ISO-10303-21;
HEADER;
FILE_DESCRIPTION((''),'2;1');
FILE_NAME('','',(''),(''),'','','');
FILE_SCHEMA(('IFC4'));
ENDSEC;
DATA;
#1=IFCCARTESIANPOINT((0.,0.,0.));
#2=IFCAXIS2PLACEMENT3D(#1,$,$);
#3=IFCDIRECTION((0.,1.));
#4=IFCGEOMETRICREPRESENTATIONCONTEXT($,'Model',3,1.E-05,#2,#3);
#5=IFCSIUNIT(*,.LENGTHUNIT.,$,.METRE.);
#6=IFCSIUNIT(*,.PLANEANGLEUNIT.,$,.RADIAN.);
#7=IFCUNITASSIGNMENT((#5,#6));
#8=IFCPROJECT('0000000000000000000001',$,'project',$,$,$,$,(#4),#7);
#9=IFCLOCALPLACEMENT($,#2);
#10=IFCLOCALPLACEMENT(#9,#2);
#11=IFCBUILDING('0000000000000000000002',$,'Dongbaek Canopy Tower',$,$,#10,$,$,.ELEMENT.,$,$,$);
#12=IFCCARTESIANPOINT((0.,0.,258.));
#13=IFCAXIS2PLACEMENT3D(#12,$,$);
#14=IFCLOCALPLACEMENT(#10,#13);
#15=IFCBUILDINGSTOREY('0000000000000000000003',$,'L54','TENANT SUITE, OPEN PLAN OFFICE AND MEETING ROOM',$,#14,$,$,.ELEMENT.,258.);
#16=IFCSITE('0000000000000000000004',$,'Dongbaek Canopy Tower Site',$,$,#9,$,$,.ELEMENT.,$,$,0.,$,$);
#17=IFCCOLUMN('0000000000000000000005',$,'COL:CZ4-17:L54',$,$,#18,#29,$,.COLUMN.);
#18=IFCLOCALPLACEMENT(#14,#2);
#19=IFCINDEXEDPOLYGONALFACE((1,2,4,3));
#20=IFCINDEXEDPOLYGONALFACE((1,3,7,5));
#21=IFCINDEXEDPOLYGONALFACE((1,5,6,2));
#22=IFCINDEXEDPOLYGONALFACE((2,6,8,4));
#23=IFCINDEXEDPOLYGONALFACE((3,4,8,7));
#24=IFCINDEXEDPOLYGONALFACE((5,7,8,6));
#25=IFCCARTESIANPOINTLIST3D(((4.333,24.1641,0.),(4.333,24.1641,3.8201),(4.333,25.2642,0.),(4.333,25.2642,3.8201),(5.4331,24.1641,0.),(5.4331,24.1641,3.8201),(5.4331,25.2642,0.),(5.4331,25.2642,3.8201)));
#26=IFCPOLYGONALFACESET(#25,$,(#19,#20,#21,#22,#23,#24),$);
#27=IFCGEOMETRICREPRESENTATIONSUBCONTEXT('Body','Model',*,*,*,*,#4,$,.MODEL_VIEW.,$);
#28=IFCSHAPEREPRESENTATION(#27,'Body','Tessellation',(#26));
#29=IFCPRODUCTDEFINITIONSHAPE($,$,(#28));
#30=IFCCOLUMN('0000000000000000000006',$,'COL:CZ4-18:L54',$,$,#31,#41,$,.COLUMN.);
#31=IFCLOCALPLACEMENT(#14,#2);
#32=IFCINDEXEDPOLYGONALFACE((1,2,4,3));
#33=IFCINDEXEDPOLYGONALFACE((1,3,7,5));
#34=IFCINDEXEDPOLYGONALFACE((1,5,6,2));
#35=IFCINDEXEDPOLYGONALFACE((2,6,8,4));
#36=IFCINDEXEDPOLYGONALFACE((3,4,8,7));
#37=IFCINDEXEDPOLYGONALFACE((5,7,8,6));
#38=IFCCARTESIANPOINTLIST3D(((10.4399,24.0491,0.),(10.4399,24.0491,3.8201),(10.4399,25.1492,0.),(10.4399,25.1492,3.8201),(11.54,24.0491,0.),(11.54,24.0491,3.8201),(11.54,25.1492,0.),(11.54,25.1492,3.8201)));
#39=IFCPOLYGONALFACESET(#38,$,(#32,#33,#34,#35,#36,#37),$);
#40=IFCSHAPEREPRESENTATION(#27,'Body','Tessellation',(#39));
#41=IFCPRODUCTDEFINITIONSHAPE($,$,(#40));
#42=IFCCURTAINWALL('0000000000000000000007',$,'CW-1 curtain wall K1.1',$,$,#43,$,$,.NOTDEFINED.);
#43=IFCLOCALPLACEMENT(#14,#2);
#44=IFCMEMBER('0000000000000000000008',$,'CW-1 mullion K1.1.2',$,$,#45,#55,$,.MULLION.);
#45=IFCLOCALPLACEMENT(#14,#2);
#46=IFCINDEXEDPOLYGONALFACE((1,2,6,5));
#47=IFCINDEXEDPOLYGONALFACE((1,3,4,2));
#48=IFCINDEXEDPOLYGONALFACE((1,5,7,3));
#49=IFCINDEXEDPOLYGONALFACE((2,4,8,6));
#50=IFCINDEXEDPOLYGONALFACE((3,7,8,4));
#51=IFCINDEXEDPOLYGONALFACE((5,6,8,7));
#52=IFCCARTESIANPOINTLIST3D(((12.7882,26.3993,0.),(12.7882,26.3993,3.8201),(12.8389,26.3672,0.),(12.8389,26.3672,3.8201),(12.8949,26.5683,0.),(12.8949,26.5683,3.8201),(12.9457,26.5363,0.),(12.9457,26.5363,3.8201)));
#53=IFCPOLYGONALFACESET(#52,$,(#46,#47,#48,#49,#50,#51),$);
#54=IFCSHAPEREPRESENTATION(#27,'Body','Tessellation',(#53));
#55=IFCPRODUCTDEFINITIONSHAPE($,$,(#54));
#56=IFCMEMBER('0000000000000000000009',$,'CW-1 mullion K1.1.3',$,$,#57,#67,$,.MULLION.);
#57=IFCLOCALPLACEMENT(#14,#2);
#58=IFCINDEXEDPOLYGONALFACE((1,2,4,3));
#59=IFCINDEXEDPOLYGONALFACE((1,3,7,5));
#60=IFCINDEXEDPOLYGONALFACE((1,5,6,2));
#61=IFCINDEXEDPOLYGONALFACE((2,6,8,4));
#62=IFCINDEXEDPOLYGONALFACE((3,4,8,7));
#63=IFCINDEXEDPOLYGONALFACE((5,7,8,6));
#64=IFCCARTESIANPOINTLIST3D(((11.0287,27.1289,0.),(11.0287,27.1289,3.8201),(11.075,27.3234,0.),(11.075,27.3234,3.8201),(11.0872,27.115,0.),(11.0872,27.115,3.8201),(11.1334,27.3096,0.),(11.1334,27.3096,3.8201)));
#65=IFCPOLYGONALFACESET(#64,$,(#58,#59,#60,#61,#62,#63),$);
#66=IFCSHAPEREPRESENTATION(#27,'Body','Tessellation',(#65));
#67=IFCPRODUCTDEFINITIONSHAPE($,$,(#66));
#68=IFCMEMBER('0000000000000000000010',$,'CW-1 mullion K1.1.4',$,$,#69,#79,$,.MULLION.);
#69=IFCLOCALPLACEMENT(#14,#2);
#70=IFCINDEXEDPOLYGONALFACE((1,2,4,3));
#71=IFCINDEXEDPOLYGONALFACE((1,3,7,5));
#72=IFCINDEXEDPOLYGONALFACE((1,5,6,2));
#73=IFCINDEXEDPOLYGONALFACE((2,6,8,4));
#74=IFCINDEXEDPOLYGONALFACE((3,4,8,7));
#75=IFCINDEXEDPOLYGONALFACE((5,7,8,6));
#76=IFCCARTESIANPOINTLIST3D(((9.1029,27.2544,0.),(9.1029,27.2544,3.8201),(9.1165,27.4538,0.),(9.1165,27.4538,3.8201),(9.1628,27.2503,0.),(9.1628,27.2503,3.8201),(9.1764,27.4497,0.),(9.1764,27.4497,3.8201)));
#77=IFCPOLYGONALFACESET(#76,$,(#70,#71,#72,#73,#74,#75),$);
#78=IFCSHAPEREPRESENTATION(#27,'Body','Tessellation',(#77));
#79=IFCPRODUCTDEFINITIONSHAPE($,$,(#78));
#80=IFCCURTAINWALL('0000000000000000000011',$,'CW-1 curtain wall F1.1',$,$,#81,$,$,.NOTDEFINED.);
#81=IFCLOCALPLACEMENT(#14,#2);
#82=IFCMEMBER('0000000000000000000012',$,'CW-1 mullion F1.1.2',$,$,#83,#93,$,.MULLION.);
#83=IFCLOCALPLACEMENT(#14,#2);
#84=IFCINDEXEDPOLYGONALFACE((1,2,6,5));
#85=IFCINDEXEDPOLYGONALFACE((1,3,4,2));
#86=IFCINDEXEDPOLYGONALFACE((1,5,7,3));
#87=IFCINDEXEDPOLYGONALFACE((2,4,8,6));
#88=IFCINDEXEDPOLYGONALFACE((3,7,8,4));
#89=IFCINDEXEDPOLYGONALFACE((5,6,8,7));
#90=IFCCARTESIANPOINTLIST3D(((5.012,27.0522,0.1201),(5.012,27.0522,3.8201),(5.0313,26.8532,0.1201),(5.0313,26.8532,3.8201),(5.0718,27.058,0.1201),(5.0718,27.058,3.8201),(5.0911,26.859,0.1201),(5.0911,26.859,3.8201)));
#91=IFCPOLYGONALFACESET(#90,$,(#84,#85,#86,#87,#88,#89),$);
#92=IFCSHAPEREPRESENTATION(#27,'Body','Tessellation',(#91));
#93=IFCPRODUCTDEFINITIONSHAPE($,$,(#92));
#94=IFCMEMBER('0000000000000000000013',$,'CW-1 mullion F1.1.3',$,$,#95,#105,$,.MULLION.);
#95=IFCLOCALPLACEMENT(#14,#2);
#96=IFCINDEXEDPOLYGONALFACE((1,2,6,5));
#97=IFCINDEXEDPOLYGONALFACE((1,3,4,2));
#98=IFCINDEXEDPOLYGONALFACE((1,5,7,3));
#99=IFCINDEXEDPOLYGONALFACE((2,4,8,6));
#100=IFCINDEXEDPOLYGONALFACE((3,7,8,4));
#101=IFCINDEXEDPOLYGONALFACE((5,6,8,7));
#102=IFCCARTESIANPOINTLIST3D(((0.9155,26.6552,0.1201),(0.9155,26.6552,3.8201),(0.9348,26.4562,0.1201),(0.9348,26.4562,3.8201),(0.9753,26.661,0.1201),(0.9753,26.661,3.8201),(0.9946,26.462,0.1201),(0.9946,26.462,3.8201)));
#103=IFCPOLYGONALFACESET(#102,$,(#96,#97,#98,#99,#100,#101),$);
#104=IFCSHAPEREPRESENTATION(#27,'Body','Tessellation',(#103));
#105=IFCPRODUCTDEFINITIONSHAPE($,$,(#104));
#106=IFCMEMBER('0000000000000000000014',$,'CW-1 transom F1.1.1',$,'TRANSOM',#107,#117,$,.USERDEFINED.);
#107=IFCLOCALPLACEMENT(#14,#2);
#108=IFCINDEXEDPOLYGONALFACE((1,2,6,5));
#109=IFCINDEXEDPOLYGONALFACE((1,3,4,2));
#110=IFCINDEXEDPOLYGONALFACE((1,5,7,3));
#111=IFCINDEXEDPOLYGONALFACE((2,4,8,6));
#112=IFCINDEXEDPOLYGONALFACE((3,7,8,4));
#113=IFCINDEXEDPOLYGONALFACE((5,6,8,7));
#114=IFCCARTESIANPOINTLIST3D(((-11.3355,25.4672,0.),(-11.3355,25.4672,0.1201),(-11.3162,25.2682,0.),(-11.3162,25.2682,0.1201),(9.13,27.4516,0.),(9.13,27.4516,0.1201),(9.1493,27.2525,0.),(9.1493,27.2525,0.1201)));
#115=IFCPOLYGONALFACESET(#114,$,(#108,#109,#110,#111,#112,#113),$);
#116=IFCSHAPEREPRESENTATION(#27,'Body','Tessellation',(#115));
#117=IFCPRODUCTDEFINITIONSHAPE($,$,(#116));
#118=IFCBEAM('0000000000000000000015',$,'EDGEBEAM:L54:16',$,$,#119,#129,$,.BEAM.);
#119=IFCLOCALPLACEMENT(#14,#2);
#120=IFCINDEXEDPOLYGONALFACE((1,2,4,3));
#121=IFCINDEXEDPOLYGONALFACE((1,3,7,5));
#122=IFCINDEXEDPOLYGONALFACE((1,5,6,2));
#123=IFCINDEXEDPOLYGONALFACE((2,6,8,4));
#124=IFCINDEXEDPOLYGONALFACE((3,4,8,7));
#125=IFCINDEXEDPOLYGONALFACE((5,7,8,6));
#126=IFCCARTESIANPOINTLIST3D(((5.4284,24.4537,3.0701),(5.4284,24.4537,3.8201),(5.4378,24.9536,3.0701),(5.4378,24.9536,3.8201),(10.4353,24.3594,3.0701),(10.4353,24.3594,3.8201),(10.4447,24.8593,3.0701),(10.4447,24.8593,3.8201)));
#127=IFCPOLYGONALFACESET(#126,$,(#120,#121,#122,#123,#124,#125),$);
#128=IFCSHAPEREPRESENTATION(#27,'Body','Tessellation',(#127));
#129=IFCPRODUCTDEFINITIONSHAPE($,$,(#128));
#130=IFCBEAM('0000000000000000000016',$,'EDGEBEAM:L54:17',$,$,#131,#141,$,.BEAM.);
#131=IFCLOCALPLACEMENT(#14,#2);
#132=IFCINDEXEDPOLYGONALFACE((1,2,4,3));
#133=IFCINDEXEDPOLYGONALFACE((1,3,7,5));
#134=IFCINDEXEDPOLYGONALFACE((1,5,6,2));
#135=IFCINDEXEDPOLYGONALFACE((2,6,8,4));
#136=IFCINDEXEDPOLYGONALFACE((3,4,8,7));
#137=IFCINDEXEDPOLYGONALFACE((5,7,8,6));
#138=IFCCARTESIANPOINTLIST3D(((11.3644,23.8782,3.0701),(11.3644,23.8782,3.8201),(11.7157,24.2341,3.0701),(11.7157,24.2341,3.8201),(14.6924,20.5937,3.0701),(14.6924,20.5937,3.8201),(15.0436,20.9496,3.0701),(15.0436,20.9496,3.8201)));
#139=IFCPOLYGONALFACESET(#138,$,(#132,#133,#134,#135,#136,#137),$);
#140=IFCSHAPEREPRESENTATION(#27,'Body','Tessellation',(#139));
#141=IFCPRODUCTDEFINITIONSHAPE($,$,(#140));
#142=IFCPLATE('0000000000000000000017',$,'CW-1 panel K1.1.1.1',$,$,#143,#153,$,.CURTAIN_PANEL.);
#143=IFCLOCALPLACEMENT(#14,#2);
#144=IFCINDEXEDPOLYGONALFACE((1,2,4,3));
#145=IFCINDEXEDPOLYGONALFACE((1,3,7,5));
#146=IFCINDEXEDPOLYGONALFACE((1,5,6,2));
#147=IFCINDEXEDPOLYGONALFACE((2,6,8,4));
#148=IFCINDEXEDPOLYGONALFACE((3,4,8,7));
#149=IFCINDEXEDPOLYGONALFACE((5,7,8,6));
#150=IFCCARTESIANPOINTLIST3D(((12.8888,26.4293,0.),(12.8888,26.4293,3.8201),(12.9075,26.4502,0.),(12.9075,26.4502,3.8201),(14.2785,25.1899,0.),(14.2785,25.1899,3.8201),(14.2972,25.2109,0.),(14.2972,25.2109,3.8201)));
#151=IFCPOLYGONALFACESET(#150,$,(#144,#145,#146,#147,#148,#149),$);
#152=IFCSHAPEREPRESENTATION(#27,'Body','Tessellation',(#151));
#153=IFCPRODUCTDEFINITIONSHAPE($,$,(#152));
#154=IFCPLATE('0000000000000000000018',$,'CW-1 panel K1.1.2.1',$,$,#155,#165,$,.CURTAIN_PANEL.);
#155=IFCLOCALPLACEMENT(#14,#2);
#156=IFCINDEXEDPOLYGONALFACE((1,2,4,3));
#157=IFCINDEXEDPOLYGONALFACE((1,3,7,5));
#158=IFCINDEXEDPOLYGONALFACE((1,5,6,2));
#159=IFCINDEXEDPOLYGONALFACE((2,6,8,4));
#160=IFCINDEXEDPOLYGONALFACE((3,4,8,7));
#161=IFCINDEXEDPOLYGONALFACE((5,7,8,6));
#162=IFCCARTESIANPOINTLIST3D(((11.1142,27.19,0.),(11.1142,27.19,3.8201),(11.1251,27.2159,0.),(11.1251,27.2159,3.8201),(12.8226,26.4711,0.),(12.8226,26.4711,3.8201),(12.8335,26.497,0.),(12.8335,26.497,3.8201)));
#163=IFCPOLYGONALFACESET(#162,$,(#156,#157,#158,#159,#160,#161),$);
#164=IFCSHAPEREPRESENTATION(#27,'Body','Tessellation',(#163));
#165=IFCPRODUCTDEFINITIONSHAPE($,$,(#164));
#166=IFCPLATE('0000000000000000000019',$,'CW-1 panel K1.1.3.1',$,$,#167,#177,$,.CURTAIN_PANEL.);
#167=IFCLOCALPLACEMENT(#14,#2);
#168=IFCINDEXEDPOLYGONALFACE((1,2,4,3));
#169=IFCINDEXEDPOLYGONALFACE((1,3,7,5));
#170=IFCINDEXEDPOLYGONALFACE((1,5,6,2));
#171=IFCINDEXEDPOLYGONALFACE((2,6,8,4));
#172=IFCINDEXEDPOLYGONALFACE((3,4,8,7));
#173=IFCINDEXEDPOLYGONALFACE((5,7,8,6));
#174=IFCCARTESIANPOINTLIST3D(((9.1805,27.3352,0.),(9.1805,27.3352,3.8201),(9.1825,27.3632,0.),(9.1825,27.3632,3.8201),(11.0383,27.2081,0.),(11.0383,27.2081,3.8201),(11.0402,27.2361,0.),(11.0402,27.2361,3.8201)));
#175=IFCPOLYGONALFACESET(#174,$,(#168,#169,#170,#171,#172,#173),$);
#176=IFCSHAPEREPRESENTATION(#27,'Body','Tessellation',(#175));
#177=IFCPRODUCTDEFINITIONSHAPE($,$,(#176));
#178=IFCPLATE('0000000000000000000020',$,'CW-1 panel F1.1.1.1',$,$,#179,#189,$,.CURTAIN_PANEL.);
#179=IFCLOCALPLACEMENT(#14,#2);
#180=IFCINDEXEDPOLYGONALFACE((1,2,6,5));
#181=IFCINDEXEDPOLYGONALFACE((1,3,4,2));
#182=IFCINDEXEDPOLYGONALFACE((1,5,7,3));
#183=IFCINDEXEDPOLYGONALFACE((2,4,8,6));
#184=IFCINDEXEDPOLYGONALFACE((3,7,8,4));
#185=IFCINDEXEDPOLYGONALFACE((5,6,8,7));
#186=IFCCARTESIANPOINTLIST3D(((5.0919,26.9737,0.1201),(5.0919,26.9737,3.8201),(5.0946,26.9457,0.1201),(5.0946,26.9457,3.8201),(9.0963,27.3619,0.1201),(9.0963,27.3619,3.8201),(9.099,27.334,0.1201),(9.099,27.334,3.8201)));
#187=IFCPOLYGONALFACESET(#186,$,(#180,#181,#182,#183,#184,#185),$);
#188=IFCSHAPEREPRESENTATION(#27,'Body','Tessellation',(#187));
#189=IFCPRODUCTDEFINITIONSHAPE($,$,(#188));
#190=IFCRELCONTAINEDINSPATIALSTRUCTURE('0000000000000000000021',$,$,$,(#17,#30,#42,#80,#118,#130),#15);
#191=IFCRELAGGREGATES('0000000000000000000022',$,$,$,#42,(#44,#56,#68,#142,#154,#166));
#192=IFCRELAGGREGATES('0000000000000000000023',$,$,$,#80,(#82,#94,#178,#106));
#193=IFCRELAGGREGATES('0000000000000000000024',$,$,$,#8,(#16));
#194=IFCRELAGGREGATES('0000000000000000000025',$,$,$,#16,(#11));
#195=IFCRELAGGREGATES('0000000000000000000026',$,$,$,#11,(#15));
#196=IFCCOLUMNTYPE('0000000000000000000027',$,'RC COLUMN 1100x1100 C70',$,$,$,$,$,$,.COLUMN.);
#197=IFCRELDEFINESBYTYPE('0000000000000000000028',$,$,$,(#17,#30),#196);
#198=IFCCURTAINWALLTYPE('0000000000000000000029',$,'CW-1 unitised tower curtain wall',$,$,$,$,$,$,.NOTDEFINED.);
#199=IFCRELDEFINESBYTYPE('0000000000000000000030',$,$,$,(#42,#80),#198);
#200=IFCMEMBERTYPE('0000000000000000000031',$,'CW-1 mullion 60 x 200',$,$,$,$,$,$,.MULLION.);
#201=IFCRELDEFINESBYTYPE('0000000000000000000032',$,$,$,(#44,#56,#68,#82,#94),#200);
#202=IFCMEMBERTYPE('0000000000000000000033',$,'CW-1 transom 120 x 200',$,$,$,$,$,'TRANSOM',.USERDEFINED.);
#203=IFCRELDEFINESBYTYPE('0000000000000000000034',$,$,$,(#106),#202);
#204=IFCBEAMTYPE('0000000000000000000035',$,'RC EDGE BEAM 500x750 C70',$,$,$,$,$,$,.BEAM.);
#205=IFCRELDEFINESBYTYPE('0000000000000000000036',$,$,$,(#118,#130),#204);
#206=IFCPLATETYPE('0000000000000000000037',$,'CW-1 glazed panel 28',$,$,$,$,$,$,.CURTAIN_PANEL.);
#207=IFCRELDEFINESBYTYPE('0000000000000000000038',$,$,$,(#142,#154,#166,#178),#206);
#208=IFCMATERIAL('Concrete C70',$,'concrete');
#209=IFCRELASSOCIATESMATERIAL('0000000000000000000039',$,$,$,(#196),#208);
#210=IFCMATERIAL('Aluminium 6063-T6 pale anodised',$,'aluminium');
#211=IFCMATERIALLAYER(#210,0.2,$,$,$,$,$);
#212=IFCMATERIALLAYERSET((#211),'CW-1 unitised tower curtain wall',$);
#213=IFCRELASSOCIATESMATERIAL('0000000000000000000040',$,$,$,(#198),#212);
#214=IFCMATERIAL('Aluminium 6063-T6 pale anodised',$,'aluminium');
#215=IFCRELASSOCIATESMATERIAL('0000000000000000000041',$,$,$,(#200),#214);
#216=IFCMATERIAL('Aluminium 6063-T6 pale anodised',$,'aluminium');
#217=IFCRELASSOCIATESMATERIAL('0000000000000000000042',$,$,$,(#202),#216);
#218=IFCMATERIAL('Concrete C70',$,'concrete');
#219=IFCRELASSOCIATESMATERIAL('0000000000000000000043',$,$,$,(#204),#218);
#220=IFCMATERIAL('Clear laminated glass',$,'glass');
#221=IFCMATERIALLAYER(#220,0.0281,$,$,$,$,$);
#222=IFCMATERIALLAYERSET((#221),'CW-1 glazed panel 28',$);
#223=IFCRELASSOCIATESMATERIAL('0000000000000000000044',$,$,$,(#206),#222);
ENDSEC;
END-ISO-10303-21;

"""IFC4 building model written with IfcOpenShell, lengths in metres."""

from ifc_helpers import new_model, si_unit, direction, frame, origin, origin_2d, place, context, subcontext, project, spatial, rectangle, extrude, material, layer, layer_set, material_profile, profile_set, type_object, element, aggregate, save


model = new_model("IFC4")

# Units and contexts
model_context = context("Model", 3, precision=1e-05, world=origin(), true_north=direction((0.0, 1.0)))
body_context = subcontext(model_context, "Body", "Model", "MODEL_VIEW")
ifc_project = project(units=[si_unit("LENGTHUNIT", "METRE"), si_unit("PLANEANGLEUNIT", "RADIAN")], contexts=[model_context])

# Site, building, storey
site_placement = place(None, origin())
site = spatial("IfcSite", under=ifc_project, at=site_placement, Name="Dongbaek Canopy Tower Site", CompositionType="ELEMENT", RefElevation=0.0)
building_placement = place(site_placement, origin())
building = spatial("IfcBuilding", under=site, at=building_placement, Name="Dongbaek Canopy Tower", CompositionType="ELEMENT")
storey_placement = place(building_placement, frame((0.0, 0.0, 258.0)))
storey = spatial("IfcBuildingStorey", under=building, at=storey_placement, Name="L54", Description="TENANT SUITE, OPEN PLAN OFFICE AND MEETING ROOM", CompositionType="ELEMENT", Elevation=258.0)

# Columns
ifc_material_1 = material(Name="Concrete C70", Category="concrete")
ifc_material_profile_1 = material_profile(ifc_material_1, rectangle(XDim=1.1001, YDim=1.1001, at=origin_2d()), Name="RC COLUMN 1100x1100 C70")
ifc_profile_set_1 = profile_set([ifc_material_profile_1], Name="Concrete C70")
column_type = type_object("IfcColumnType", Name="RC COLUMN 1100x1100 C70", PredefinedType="COLUMN", material=ifc_profile_set_1)
for number, where, z_axis, x_axis, name in (
    (1, (4.8831, 24.7141, 0.0), (0.0, 0.0, 1.0), (1.0, 0.0, 0.0), "COL:CZ4-17:L54"),
    (2, (10.99, 24.5991, 0.0), (0.0, 0.0, 1.0), (1.0, 0.0, 0.0), "COL:CZ4-18:L54"),
):
    element("IfcColumn", number, at=place(storey_placement, frame(where, z_axis=z_axis, x_axis=x_axis)), inside=storey, type_object=column_type, Name=name, PredefinedType="COLUMN", context=body_context, shape_type="SweptSolid", body=[
        extrude(rectangle(XDim=1.1001, YDim=1.1001, at=origin_2d()), origin(), (0.0, 0.0, 1.0), 3.8201),
    ])

# Curtain walls, members
ifc_material_2 = material(Name="Aluminium 6063-T6 pale anodised", Category="aluminium")
ifc_layer_1 = layer(ifc_material_2, 0.2)
ifc_layer_set_1 = layer_set([ifc_layer_1], Name="CW-1 unitised tower curtain wall")
curtain_wall_type = type_object("IfcCurtainWallType", Name="CW-1 unitised tower curtain wall", PredefinedType="NOTDEFINED", material=ifc_layer_set_1)
curtain_wall_1_placement = place(storey_placement, origin())
curtain_wall_1 = element("IfcCurtainWall", 3, at=curtain_wall_1_placement, inside=storey, type_object=curtain_wall_type, Name="CW-1 curtain wall K1.1", PredefinedType="NOTDEFINED")
ifc_material_3 = material(Name="Aluminium 6063-T6 pale anodised", Category="aluminium")
ifc_material_profile_2 = material_profile(ifc_material_3, rectangle(XDim=0.2, YDim=0.0601, at=origin_2d()), Name="CW-1 mullion 60 x 200")
ifc_profile_set_2 = profile_set([ifc_material_profile_2], Name="Aluminium 6063-T6 pale anodised")
member_type_1 = type_object("IfcMemberType", Name="CW-1 mullion 60 x 200", PredefinedType="MULLION", material=ifc_profile_set_2)
member_1_placement = place(storey_placement, frame((12.8669, 26.4678, 0.0), z_axis=(0.0, 0.0, 1.0), x_axis=(0.533975, 0.8455, 0.0)))
member_1 = element("IfcMember", 4, at=member_1_placement, type_object=member_type_1, Name="CW-1 mullion K1.1.2", PredefinedType="MULLION", context=body_context, shape_type="SweptSolid", body=[
    extrude(rectangle(XDim=0.2, YDim=0.0601, at=origin_2d()), origin(), (0.0, 0.0, 1.0), 3.8201),
])
member_2_placement = place(storey_placement, frame((11.0811, 27.2192, 0.0), z_axis=(0.0, 0.0, 1.0), x_axis=(0.231208, 0.972904, 0.0)))
member_2 = element("IfcMember", 5, at=member_2_placement, type_object=member_type_1, Name="CW-1 mullion K1.1.3", PredefinedType="MULLION", context=body_context, shape_type="SweptSolid", body=[
    extrude(rectangle(XDim=0.2, YDim=0.0601, at=origin_2d()), origin(), (0.0, 0.0, 1.0), 3.8201),
])
member_3_placement = place(storey_placement, frame((9.1396, 27.3521, 0.0), z_axis=(0.0, 0.0, 1.0), x_axis=(0.068279, 0.997666, 0.0)))
member_3 = element("IfcMember", 6, at=member_3_placement, type_object=member_type_1, Name="CW-1 mullion K1.1.4", PredefinedType="MULLION", context=body_context, shape_type="SweptSolid", body=[
    extrude(rectangle(XDim=0.2, YDim=0.0601, at=origin_2d()), origin(), (0.0, 0.0, 1.0), 3.8201),
])
curtain_wall_2_placement = place(storey_placement, origin())
curtain_wall_2 = element("IfcCurtainWall", 7, at=curtain_wall_2_placement, inside=storey, type_object=curtain_wall_type, Name="CW-1 curtain wall F1.1", PredefinedType="NOTDEFINED")
member_4_placement = place(storey_placement, frame((5.0515, 26.9556, 0.1201), z_axis=(0.0, 0.0, 1.0), x_axis=(-0.096506, 0.995332, 0.0)))
member_4 = element("IfcMember", 8, at=member_4_placement, type_object=member_type_1, Name="CW-1 mullion F1.1.2", PredefinedType="MULLION", context=body_context, shape_type="SweptSolid", body=[
    extrude(rectangle(XDim=0.2, YDim=0.0601, at=origin_2d()), origin(), (0.0, 0.0, 1.0), 3.7),
])
member_5_placement = place(storey_placement, frame((0.9551, 26.5586, 0.1201), z_axis=(0.0, 0.0, 1.0), x_axis=(-0.096506, 0.995332, 0.0)))
member_5 = element("IfcMember", 9, at=member_5_placement, type_object=member_type_1, Name="CW-1 mullion F1.1.3", PredefinedType="MULLION", context=body_context, shape_type="SweptSolid", body=[
    extrude(rectangle(XDim=0.2, YDim=0.0601, at=origin_2d()), origin(), (0.0, 0.0, 1.0), 3.7),
])
ifc_material_4 = material(Name="Aluminium 6063-T6 pale anodised", Category="aluminium")
ifc_material_profile_3 = material_profile(ifc_material_4, rectangle(XDim=0.2, YDim=0.1201, at=origin_2d()), Name="CW-1 transom 120 x 200")
ifc_profile_set_3 = profile_set([ifc_material_profile_3], Name="Aluminium 6063-T6 pale anodised")
member_type_2 = type_object("IfcMemberType", Name="CW-1 transom 120 x 200", ElementType="TRANSOM", PredefinedType="USERDEFINED", material=ifc_profile_set_3)
member_6_placement = place(storey_placement, frame((9.1396, 27.3521, 0.0601), z_axis=(-0.995332, -0.096509, 0.0), x_axis=(0.096509, -0.995332, 0.0)))
member_6 = element("IfcMember", 10, at=member_6_placement, type_object=member_type_2, Name="CW-1 transom F1.1.1", ObjectType="TRANSOM", PredefinedType="USERDEFINED", context=body_context, shape_type="SweptSolid", body=[
    extrude(rectangle(XDim=0.2, YDim=0.1201, at=origin_2d()), origin(), (0.0, 0.0, 1.0), 20.5615),
])

# Beams
ifc_material_5 = material(Name="Concrete C70", Category="concrete")
ifc_material_profile_4 = material_profile(ifc_material_5, rectangle(XDim=0.5, YDim=0.75, at=origin_2d()), Name="RC EDGE BEAM 500x750 C70")
ifc_profile_set_4 = profile_set([ifc_material_profile_4], Name="Concrete C70")
beam_type = type_object("IfcBeamType", Name="RC EDGE BEAM 500x750 C70", PredefinedType="BEAM", material=ifc_profile_set_4)
beam_1_placement = place(storey_placement, frame((5.4331, 24.7036, 3.4451), z_axis=(0.999823, -0.018819, 0.0), x_axis=(0.018819, 0.999823, 0.0)))
element("IfcBeam", 11, at=beam_1_placement, inside=storey, type_object=beam_type, Name="EDGEBEAM:L54:16", PredefinedType="BEAM", context=body_context, shape_type="SweptSolid", body=[
    extrude(rectangle(XDim=0.5, YDim=0.75, at=origin_2d()), origin(), (0.0, 0.0, 1.0), 5.0078),
])
beam_2_placement = place(storey_placement, frame((11.54, 24.0562, 3.4451), z_axis=(0.711739, -0.702444, 0.0), x_axis=(0.702444, 0.711739, 0.0)))
element("IfcBeam", 12, at=beam_2_placement, inside=storey, type_object=beam_type, Name="EDGEBEAM:L54:17", PredefinedType="BEAM", context=body_context, shape_type="SweptSolid", body=[
    extrude(rectangle(XDim=0.5, YDim=0.75, at=origin_2d()), origin(), (0.0, 0.0, 1.0), 4.6758),
])

# Plates
ifc_material_6 = material(Name="Clear laminated glass", Category="glass")
ifc_layer_2 = layer(ifc_material_6, 0.0281)
ifc_layer_set_2 = layer_set([ifc_layer_2], Name="CW-1 glazed panel 28")
plate_type = type_object("IfcPlateType", Name="CW-1 glazed panel 28", PredefinedType="CURTAIN_PANEL", material=ifc_layer_set_2)
plate_1_placement = place(storey_placement, frame((13.593, 25.8201, 0.0), z_axis=(0.0, 0.0, 1.0), x_axis=(-0.746318, 0.665589, 0.0)))
plate_1 = element("IfcPlate", 13, at=plate_1_placement, type_object=plate_type, Name="CW-1 panel K1.1.1.1", PredefinedType="CURTAIN_PANEL", context=body_context, shape_type="SweptSolid", body=[
    extrude(rectangle(XDim=1.8621, YDim=0.0281, at=origin_2d()), origin(), (0.0, 0.0, 1.0), 3.8201),
])
plate_2_placement = place(storey_placement, frame((11.9739, 26.8435, 0.0), z_axis=(0.0, 0.0, 1.0), x_axis=(-0.921719, 0.387859, 0.0)))
plate_2 = element("IfcPlate", 14, at=plate_2_placement, type_object=plate_type, Name="CW-1 panel K1.1.2.1", PredefinedType="CURTAIN_PANEL", context=body_context, shape_type="SweptSolid", body=[
    extrude(rectangle(XDim=1.8535, YDim=0.0281, at=origin_2d()), origin(), (0.0, 0.0, 1.0), 3.8201),
])
plate_3_placement = place(storey_placement, frame((10.1104, 27.2856, 0.0), z_axis=(0.0, 0.0, 1.0), x_axis=(-0.997666, 0.068279, 0.0)))
plate_3 = element("IfcPlate", 15, at=plate_3_placement, type_object=plate_type, Name="CW-1 panel K1.1.3.1", PredefinedType="CURTAIN_PANEL", context=body_context, shape_type="SweptSolid", body=[
    extrude(rectangle(XDim=1.8621, YDim=0.0281, at=origin_2d()), origin(), (0.0, 0.0, 1.0), 3.8201),
])
aggregate(curtain_wall_1, [member_1, member_2, member_3, plate_1, plate_2, plate_3])
plate_4_placement = place(storey_placement, frame((7.0955, 27.1538, 0.1201), z_axis=(0.0, 0.0, 1.0), x_axis=(-0.995332, -0.096506, 0.0)))
plate_4 = element("IfcPlate", 16, at=plate_4_placement, type_object=plate_type, Name="CW-1 panel F1.1.1.1", PredefinedType="CURTAIN_PANEL", context=body_context, shape_type="SweptSolid", body=[
    extrude(rectangle(XDim=4.0232, YDim=0.0281, at=origin_2d()), origin(), (0.0, 0.0, 1.0), 3.7),
])

aggregate(curtain_wall_2, [member_4, member_5, plate_4, member_6])

save(model, "model.ifc")
